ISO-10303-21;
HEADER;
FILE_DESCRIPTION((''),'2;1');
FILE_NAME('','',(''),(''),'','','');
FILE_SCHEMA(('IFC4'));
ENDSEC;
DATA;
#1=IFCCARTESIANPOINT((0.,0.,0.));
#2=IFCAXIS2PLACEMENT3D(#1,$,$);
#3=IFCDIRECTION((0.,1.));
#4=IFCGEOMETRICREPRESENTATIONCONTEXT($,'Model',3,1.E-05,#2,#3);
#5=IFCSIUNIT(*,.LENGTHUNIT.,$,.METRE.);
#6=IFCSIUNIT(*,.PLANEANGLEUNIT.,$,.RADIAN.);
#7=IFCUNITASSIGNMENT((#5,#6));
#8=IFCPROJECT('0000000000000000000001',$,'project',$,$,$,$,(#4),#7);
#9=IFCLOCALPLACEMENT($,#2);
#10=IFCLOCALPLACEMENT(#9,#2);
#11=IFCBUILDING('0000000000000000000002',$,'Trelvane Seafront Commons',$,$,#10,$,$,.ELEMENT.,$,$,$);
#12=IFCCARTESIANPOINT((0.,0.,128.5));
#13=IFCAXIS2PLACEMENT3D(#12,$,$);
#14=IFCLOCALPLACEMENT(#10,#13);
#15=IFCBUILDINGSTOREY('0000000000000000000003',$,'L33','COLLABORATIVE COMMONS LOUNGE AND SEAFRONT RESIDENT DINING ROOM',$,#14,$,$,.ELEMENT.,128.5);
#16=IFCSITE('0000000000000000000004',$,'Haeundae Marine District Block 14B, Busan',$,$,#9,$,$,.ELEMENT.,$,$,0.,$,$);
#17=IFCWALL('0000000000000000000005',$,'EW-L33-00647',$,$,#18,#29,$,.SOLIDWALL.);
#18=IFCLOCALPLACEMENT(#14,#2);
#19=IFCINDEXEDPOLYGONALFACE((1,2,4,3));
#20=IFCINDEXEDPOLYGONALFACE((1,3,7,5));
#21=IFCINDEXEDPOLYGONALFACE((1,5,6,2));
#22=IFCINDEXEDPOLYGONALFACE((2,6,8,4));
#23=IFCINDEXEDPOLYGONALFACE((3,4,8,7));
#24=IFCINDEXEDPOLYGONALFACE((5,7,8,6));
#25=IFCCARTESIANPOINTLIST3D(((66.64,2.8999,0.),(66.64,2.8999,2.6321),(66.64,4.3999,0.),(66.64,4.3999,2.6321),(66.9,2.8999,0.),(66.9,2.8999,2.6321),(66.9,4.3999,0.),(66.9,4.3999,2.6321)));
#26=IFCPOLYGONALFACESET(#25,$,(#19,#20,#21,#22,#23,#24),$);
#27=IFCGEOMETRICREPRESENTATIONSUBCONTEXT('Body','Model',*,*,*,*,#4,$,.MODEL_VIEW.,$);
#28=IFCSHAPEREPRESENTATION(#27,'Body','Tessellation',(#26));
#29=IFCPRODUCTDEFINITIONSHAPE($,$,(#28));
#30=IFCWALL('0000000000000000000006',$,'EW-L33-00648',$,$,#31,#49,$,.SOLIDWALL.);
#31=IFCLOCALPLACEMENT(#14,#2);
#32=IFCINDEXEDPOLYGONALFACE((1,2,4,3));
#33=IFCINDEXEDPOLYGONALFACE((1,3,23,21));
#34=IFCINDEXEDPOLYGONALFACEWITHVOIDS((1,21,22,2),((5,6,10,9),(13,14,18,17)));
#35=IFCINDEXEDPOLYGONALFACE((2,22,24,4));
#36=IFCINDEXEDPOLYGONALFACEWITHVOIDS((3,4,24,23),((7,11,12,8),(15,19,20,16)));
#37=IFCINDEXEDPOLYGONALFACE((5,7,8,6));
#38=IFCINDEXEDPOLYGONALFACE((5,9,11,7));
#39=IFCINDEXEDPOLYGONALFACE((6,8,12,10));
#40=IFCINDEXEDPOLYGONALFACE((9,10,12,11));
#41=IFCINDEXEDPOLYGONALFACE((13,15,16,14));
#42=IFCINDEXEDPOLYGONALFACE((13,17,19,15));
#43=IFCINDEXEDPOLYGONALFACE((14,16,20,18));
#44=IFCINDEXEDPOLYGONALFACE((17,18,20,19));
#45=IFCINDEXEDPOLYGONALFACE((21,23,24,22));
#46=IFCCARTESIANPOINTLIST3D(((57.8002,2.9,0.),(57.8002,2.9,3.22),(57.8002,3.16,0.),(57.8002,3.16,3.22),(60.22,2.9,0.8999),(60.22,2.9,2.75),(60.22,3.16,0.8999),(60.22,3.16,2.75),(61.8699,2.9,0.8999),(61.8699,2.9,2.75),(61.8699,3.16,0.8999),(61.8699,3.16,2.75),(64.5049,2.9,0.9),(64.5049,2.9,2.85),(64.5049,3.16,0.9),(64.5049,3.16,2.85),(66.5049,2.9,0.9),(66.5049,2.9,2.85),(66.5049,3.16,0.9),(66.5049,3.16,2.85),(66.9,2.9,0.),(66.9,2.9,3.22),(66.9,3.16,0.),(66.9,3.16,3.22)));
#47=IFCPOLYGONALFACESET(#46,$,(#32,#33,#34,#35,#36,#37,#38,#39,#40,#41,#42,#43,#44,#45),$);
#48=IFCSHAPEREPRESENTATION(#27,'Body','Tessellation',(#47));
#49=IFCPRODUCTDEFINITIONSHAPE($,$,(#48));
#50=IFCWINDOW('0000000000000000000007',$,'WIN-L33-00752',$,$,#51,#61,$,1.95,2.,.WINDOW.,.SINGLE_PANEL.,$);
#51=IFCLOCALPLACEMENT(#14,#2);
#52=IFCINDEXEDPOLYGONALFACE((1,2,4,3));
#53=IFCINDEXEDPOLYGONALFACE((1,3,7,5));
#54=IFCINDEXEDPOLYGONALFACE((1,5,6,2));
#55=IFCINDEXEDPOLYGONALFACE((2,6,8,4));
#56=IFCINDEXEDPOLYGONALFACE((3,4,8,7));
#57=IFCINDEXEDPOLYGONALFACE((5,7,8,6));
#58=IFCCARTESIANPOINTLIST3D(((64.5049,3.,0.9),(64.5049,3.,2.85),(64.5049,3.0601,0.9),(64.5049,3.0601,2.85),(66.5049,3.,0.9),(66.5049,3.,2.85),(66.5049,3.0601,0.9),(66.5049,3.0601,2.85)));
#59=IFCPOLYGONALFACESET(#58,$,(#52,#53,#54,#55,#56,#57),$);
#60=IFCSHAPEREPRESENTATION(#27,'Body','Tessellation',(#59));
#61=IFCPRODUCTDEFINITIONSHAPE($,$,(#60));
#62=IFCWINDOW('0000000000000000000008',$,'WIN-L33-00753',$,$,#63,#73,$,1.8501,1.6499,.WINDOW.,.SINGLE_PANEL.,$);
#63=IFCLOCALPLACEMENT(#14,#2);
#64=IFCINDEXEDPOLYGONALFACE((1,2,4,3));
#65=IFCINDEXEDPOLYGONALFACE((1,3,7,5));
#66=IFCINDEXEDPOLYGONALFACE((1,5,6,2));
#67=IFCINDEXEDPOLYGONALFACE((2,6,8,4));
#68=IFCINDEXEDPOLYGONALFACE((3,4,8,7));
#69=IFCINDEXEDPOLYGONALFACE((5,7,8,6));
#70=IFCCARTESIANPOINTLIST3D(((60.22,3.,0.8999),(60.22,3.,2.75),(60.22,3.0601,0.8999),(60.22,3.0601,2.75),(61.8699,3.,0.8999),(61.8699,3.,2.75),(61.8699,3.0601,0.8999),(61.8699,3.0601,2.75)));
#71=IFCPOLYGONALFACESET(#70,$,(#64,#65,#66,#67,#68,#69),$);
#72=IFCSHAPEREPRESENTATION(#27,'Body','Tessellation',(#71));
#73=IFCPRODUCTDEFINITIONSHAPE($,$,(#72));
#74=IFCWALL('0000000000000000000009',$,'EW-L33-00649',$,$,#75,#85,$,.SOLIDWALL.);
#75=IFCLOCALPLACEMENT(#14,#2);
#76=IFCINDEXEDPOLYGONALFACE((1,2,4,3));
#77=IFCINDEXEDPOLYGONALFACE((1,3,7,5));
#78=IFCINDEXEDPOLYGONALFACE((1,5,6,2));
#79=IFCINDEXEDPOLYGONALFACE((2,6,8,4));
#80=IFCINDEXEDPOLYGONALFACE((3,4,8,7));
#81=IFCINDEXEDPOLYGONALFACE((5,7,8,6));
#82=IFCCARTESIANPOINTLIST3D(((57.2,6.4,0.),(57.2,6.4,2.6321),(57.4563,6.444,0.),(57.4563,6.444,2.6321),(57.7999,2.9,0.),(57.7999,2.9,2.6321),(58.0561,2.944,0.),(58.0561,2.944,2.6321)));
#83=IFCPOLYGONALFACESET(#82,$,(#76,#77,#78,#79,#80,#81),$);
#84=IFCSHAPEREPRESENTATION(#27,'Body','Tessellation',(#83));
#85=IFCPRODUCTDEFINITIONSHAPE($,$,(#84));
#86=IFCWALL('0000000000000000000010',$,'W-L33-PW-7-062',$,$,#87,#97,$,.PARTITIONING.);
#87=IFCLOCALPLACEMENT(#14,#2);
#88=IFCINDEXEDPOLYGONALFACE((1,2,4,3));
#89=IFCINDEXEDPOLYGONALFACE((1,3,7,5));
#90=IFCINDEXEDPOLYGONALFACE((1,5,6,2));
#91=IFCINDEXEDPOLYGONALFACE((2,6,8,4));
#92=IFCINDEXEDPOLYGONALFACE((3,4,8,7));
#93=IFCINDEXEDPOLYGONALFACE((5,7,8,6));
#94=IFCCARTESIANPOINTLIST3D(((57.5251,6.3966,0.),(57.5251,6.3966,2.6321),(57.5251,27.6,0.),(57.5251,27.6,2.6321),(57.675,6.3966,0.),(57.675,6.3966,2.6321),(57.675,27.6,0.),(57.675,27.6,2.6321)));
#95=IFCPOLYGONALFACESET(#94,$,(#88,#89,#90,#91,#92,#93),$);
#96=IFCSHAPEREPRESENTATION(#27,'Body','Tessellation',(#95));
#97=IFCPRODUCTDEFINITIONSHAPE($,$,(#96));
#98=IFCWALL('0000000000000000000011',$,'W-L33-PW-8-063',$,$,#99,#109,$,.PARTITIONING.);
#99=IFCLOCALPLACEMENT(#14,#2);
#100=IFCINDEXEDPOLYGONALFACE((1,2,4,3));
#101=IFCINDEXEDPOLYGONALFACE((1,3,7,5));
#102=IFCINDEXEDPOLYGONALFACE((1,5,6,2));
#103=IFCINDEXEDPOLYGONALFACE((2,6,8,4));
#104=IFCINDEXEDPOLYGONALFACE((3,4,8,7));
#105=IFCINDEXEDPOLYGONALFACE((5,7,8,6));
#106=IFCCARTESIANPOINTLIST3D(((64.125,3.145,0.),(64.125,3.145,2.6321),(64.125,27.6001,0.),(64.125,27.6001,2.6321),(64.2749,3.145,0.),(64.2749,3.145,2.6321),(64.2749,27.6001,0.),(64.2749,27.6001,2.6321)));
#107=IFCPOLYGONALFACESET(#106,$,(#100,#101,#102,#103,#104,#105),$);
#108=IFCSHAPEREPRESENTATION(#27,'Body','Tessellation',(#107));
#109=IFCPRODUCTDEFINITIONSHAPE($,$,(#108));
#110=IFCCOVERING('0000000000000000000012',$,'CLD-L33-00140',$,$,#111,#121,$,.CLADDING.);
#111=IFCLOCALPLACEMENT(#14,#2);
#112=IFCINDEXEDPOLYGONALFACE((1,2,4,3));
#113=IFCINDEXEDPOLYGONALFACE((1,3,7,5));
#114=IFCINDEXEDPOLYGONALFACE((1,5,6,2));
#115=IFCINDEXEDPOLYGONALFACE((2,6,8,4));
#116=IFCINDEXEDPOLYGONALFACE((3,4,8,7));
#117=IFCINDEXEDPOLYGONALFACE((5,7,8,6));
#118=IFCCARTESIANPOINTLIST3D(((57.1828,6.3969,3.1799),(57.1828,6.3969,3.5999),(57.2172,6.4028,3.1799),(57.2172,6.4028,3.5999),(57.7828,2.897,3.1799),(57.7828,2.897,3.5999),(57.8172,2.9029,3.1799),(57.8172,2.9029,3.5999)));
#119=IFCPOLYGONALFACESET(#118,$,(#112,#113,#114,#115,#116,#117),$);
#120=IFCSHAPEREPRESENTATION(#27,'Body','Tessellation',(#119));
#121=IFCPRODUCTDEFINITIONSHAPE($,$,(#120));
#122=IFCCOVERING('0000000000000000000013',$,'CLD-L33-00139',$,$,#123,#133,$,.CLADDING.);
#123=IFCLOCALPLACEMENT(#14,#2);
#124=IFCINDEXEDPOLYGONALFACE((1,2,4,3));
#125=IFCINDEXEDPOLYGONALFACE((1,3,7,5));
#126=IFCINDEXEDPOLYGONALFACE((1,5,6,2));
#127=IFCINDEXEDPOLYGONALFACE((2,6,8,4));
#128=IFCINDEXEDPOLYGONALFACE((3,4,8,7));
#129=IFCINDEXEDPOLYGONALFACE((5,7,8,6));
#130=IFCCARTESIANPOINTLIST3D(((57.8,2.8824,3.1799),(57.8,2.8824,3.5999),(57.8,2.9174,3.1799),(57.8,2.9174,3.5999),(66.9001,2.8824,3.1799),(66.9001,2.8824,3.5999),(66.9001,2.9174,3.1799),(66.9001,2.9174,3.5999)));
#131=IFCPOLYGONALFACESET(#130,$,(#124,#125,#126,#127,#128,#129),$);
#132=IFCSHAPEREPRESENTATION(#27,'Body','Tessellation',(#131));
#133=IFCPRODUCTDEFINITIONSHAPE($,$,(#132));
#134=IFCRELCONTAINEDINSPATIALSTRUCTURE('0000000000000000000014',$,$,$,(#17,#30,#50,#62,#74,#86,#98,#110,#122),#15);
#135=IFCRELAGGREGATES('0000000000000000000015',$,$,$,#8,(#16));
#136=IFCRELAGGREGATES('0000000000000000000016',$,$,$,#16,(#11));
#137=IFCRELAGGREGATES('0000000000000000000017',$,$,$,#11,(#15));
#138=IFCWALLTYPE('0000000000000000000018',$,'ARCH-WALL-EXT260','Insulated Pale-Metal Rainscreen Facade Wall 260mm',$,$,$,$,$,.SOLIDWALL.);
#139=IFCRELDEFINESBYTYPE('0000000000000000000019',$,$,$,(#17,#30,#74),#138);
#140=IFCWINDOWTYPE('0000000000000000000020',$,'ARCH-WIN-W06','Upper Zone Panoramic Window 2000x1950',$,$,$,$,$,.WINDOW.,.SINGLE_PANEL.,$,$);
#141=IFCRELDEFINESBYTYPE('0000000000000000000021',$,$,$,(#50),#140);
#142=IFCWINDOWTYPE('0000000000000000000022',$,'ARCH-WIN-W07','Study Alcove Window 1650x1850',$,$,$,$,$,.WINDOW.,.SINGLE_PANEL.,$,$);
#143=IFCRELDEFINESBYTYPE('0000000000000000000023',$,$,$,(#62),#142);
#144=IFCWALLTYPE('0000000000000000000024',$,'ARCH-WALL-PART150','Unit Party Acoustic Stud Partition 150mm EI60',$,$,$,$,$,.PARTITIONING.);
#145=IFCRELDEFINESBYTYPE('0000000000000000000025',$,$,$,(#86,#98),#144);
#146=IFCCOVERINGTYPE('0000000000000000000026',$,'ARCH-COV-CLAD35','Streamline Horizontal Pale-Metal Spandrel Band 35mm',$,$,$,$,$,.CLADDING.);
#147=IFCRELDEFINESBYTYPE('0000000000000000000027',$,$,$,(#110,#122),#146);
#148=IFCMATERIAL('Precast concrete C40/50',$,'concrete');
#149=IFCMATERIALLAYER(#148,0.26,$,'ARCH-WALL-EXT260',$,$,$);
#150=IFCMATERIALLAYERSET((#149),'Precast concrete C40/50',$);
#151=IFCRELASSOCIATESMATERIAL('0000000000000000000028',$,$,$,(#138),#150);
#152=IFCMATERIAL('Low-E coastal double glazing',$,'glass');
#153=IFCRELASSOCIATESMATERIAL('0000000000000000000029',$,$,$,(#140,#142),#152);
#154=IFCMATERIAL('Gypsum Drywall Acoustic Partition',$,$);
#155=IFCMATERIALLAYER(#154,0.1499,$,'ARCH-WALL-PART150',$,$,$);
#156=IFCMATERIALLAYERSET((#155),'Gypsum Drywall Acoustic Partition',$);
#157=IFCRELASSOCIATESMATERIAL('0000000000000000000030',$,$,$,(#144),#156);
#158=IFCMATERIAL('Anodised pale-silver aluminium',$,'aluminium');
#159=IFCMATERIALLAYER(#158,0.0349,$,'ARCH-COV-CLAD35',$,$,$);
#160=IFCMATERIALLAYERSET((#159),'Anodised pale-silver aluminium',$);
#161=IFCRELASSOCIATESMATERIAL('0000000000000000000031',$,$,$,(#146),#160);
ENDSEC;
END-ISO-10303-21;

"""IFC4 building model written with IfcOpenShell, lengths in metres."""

from ifc_helpers import new_model, si_unit, direction, frame, frame_2d, origin, origin_2d, place, context, subcontext, project, spatial, rectangle, extrude, source, transform, mapped, material, layer, layer_set, type_object, element, fill, save


model = new_model("IFC4")

# Units and contexts
model_context = context("Model", 3, precision=1e-05, world=origin(), true_north=direction((0.0, 1.0)))
body_context = subcontext(model_context, "Body", "Model", "MODEL_VIEW")
ifc_project = project(units=[si_unit("LENGTHUNIT", "METRE"), si_unit("PLANEANGLEUNIT", "RADIAN")], contexts=[model_context])

# Site, building, storey
site_placement = place(None, origin())
site = spatial("IfcSite", under=ifc_project, at=site_placement, Name="Haeundae Marine District Block 14B, Busan", CompositionType="ELEMENT", RefElevation=0.0)
building_placement = place(site_placement, origin())
building = spatial("IfcBuilding", under=site, at=building_placement, Name="Trelvane Seafront Commons", CompositionType="ELEMENT")
storey_placement = place(building_placement, frame((0.0, 0.0, 128.5)))
storey = spatial("IfcBuildingStorey", under=building, at=storey_placement, Name="L33", Description="COLLABORATIVE COMMONS LOUNGE AND SEAFRONT RESIDENT DINING ROOM", CompositionType="ELEMENT", Elevation=128.5)

# Shared definitions
ifc_material_1 = material(Name="Anodised pale-silver aluminium", Category="aluminium")

# Wall
ifc_material_2 = material(Name="Precast concrete C40/50", Category="concrete")
ifc_layer_1 = layer(ifc_material_2, 0.26, Name="ARCH-WALL-EXT260")
ifc_layer_set_1 = layer_set([ifc_layer_1], Name="Precast concrete C40/50")
wall_type_1 = type_object("IfcWallType", Name="ARCH-WALL-EXT260", Description="Insulated Pale-Metal Rainscreen Facade Wall 260mm", PredefinedType="SOLIDWALL", material=ifc_layer_set_1)
wall_1_placement = place(storey_placement, frame((66.77, 4.3999, 0.0), z_axis=(0.0, 0.0, 1.0), x_axis=(0.0, -1.0, 0.0)))
element("IfcWall", 1, at=wall_1_placement, inside=storey, type_object=wall_type_1, Name="EW-L33-00647", PredefinedType="SOLIDWALL", context=body_context, shape_type="SweptSolid", body=[
    extrude(rectangle(XDim=1.5, YDim=0.26, at=frame_2d((0.75, 0.0))), origin(), (0.0, 0.0, 1.0), 2.6321),
])

# Wall, openings, windows
wall_2_placement = place(storey_placement, frame((66.8999, 3.03, 0.0), z_axis=(0.0, 0.0, 1.0), x_axis=(-1.0, 0.0, 0.0)))
wall_2 = element("IfcWall", 2, at=wall_2_placement, inside=storey, type_object=wall_type_1, Name="EW-L33-00648", PredefinedType="SOLIDWALL", context=body_context, shape_type="SweptSolid", body=[
    extrude(rectangle(XDim=9.0999, YDim=0.26, at=frame_2d((4.5498, 0.0))), origin(), (0.0, 0.0, 1.0), 3.22),
])
opening_1_placement = place(wall_2_placement, frame((0.395, 0.0, 0.8999)))
opening_1 = element("IfcOpeningElement", 3, at=opening_1_placement, cuts=wall_2, PredefinedType="OPENING", context=body_context, shape_type="SweptSolid", body=[
    extrude(rectangle(XDim=2.0, YDim=1.95, at=frame_2d((1.0, 0.9751))), frame((0.0, 0.1399, 0.0), z_axis=(0.0, -1.0, 0.0), x_axis=(1.0, 0.0, 0.0)), (0.0, 0.0, 1.0), 0.28),
])
opening_2_placement = place(wall_2_placement, frame((5.03, 0.0, 0.8999)))
opening_2 = element("IfcOpeningElement", 4, at=opening_2_placement, cuts=wall_2, PredefinedType="OPENING", context=body_context, shape_type="SweptSolid", body=[
    extrude(rectangle(XDim=1.6499, YDim=1.8501, at=frame_2d((0.825, 0.925))), frame((0.0, 0.1399, 0.0), z_axis=(0.0, -1.0, 0.0), x_axis=(1.0, 0.0, 0.0)), (0.0, 0.0, 1.0), 0.28),
])
ifc_material_3 = material(Name="Low-E coastal double glazing", Category="glass")
window_type_1 = type_object("IfcWindowType", Name="ARCH-WIN-W06", Description="Upper Zone Panoramic Window 2000x1950", PartitioningType="SINGLE_PANEL", PredefinedType="WINDOW", material=ifc_material_3)
shared_shape_1 = source(origin(), body_context, "Body", "SweptSolid", [
    extrude(rectangle(XDim=2.0, YDim=1.95, at=frame_2d((1.0, 0.9751))), frame((0.0, 0.03, 0.0), z_axis=(0.0, -1.0, 0.0), x_axis=(1.0, 0.0, 0.0)), (0.0, 0.0, 1.0), 0.0601),
])
window_1_placement = place(opening_1_placement, origin())
window_1 = element("IfcWindow", 5, at=window_1_placement, inside=storey, type_object=window_type_1, Name="WIN-L33-00752", OverallHeight=1.95, OverallWidth=2.0, PartitioningType="SINGLE_PANEL", PredefinedType="WINDOW", context=body_context, shape_type="MappedRepresentation", body=[
    mapped(shared_shape_1, transform((0.0, 0.0, 0.0), x_axis=(1.0, 0.0, 0.0), y_axis=(0.0, 1.0, 0.0), z_axis=(0.0, 0.0, 1.0), scale=1.0)),
])
fill(opening_1, window_1)
window_type_2 = type_object("IfcWindowType", Name="ARCH-WIN-W07", Description="Study Alcove Window 1650x1850", PartitioningType="SINGLE_PANEL", PredefinedType="WINDOW", material=ifc_material_3)
shared_shape_2 = source(origin(), body_context, "Body", "SweptSolid", [
    extrude(rectangle(XDim=1.6499, YDim=1.8501, at=frame_2d((0.825, 0.925))), frame((0.0, 0.03, 0.0), z_axis=(0.0, -1.0, 0.0), x_axis=(1.0, 0.0, 0.0)), (0.0, 0.0, 1.0), 0.0601),
])
window_2_placement = place(opening_2_placement, origin())
window_2 = element("IfcWindow", 6, at=window_2_placement, inside=storey, type_object=window_type_2, Name="WIN-L33-00753", OverallHeight=1.8501, OverallWidth=1.6499, PartitioningType="SINGLE_PANEL", PredefinedType="WINDOW", context=body_context, shape_type="MappedRepresentation", body=[
    mapped(shared_shape_2, transform((0.0, 0.0, 0.0), x_axis=(1.0, 0.0, 0.0), y_axis=(0.0, 1.0, 0.0), z_axis=(0.0, 0.0, 1.0), scale=1.0)),
])
fill(opening_2, window_2)

# Walls
wall_3_placement = place(storey_placement, frame((57.928, 2.9221, 0.0), z_axis=(0.0, 0.0, 1.0), x_axis=(-0.168924, 0.985629, 0.0)))
element("IfcWall", 7, at=wall_3_placement, inside=storey, type_object=wall_type_1, Name="EW-L33-00649", PredefinedType="SOLIDWALL", context=body_context, shape_type="SweptSolid", body=[
    extrude(rectangle(XDim=3.551, YDim=0.26, at=frame_2d((1.7754, 0.0))), origin(), (0.0, 0.0, 1.0), 2.6321),
])
ifc_material_4 = material(Name="Gypsum Drywall Acoustic Partition")
ifc_layer_2 = layer(ifc_material_4, 0.1499, Name="ARCH-WALL-PART150")
ifc_layer_set_2 = layer_set([ifc_layer_2], Name="Gypsum Drywall Acoustic Partition")
wall_type_2 = type_object("IfcWallType", Name="ARCH-WALL-PART150", Description="Unit Party Acoustic Stud Partition 150mm EI60", PredefinedType="PARTITIONING", material=ifc_layer_set_2)
wall_4_placement = place(storey_placement, frame((57.6001, 6.3967, 0.0), z_axis=(0.0, 0.0, 1.0), x_axis=(0.0, 1.0, 0.0)))
element("IfcWall", 8, at=wall_4_placement, inside=storey, type_object=wall_type_2, Name="W-L33-PW-7-062", PredefinedType="PARTITIONING", context=body_context, shape_type="SweptSolid", body=[
    extrude(rectangle(XDim=21.2034, YDim=0.1499, at=frame_2d((10.6016, 0.0))), origin(), (0.0, 0.0, 1.0), 2.6321),
])
wall_5_placement = place(storey_placement, frame((64.2, 3.145, 0.0), z_axis=(0.0, 0.0, 1.0), x_axis=(0.0, 1.0, 0.0)))
element("IfcWall", 9, at=wall_5_placement, inside=storey, type_object=wall_type_2, Name="W-L33-PW-8-063", PredefinedType="PARTITIONING", context=body_context, shape_type="SweptSolid", body=[
    extrude(rectangle(XDim=24.4551, YDim=0.1499, at=frame_2d((12.2275, 0.0))), origin(), (0.0, 0.0, 1.0), 2.6321),
])

# Coverings
ifc_layer_3 = layer(ifc_material_1, 0.0349, Name="ARCH-COV-CLAD35")
ifc_layer_set_3 = layer_set([ifc_layer_3], Name="Anodised pale-silver aluminium")
covering_type = type_object("IfcCoveringType", Name="ARCH-COV-CLAD35", Description="Streamline Horizontal Pale-Metal Spandrel Band 35mm", PredefinedType="CLADDING", material=ifc_layer_set_3)
shared_shape_3 = source(origin(), body_context, "Body", "SweptSolid", [
    extrude(rectangle(XDim=3.551, YDim=0.0349, at=origin_2d()), origin(), (0.0, 0.0, 1.0), 0.4199),
])
covering_1_placement = place(storey_placement, frame((57.5, 4.6499, 3.1799), z_axis=(0.0, 0.0, 1.0), x_axis=(-0.168964, 0.985622, 0.0)))
element("IfcCovering", 10, at=covering_1_placement, inside=storey, type_object=covering_type, Name="CLD-L33-00140", PredefinedType="CLADDING", context=body_context, shape_type="MappedRepresentation", body=[
    mapped(shared_shape_3, transform((0.0, 0.0, 0.0), x_axis=(1.0, 0.0, 0.0), y_axis=(0.0, 1.0, 0.0), z_axis=(0.0, 0.0, 1.0), scale=1.0)),
])
shared_shape_4 = source(origin(), body_context, "Body", "SweptSolid", [
    extrude(rectangle(XDim=9.1001, YDim=0.0349, at=origin_2d()), origin(), (0.0, 0.0, 1.0), 0.4199),
])
covering_2_placement = place(storey_placement, frame((62.3501, 2.8999, 3.1799), z_axis=(0.0, 0.0, 1.0), x_axis=(-1.0, 0.0, 0.0)))
element("IfcCovering", 11, at=covering_2_placement, inside=storey, type_object=covering_type, Name="CLD-L33-00139", PredefinedType="CLADDING", context=body_context, shape_type="MappedRepresentation", body=[
    mapped(shared_shape_4, transform((0.0, 0.0, 0.0), x_axis=(1.0, 0.0, 0.0), y_axis=(0.0, 1.0, 0.0), z_axis=(0.0, 0.0, 1.0), scale=1.0)),
])

save(model, "model.ifc")
